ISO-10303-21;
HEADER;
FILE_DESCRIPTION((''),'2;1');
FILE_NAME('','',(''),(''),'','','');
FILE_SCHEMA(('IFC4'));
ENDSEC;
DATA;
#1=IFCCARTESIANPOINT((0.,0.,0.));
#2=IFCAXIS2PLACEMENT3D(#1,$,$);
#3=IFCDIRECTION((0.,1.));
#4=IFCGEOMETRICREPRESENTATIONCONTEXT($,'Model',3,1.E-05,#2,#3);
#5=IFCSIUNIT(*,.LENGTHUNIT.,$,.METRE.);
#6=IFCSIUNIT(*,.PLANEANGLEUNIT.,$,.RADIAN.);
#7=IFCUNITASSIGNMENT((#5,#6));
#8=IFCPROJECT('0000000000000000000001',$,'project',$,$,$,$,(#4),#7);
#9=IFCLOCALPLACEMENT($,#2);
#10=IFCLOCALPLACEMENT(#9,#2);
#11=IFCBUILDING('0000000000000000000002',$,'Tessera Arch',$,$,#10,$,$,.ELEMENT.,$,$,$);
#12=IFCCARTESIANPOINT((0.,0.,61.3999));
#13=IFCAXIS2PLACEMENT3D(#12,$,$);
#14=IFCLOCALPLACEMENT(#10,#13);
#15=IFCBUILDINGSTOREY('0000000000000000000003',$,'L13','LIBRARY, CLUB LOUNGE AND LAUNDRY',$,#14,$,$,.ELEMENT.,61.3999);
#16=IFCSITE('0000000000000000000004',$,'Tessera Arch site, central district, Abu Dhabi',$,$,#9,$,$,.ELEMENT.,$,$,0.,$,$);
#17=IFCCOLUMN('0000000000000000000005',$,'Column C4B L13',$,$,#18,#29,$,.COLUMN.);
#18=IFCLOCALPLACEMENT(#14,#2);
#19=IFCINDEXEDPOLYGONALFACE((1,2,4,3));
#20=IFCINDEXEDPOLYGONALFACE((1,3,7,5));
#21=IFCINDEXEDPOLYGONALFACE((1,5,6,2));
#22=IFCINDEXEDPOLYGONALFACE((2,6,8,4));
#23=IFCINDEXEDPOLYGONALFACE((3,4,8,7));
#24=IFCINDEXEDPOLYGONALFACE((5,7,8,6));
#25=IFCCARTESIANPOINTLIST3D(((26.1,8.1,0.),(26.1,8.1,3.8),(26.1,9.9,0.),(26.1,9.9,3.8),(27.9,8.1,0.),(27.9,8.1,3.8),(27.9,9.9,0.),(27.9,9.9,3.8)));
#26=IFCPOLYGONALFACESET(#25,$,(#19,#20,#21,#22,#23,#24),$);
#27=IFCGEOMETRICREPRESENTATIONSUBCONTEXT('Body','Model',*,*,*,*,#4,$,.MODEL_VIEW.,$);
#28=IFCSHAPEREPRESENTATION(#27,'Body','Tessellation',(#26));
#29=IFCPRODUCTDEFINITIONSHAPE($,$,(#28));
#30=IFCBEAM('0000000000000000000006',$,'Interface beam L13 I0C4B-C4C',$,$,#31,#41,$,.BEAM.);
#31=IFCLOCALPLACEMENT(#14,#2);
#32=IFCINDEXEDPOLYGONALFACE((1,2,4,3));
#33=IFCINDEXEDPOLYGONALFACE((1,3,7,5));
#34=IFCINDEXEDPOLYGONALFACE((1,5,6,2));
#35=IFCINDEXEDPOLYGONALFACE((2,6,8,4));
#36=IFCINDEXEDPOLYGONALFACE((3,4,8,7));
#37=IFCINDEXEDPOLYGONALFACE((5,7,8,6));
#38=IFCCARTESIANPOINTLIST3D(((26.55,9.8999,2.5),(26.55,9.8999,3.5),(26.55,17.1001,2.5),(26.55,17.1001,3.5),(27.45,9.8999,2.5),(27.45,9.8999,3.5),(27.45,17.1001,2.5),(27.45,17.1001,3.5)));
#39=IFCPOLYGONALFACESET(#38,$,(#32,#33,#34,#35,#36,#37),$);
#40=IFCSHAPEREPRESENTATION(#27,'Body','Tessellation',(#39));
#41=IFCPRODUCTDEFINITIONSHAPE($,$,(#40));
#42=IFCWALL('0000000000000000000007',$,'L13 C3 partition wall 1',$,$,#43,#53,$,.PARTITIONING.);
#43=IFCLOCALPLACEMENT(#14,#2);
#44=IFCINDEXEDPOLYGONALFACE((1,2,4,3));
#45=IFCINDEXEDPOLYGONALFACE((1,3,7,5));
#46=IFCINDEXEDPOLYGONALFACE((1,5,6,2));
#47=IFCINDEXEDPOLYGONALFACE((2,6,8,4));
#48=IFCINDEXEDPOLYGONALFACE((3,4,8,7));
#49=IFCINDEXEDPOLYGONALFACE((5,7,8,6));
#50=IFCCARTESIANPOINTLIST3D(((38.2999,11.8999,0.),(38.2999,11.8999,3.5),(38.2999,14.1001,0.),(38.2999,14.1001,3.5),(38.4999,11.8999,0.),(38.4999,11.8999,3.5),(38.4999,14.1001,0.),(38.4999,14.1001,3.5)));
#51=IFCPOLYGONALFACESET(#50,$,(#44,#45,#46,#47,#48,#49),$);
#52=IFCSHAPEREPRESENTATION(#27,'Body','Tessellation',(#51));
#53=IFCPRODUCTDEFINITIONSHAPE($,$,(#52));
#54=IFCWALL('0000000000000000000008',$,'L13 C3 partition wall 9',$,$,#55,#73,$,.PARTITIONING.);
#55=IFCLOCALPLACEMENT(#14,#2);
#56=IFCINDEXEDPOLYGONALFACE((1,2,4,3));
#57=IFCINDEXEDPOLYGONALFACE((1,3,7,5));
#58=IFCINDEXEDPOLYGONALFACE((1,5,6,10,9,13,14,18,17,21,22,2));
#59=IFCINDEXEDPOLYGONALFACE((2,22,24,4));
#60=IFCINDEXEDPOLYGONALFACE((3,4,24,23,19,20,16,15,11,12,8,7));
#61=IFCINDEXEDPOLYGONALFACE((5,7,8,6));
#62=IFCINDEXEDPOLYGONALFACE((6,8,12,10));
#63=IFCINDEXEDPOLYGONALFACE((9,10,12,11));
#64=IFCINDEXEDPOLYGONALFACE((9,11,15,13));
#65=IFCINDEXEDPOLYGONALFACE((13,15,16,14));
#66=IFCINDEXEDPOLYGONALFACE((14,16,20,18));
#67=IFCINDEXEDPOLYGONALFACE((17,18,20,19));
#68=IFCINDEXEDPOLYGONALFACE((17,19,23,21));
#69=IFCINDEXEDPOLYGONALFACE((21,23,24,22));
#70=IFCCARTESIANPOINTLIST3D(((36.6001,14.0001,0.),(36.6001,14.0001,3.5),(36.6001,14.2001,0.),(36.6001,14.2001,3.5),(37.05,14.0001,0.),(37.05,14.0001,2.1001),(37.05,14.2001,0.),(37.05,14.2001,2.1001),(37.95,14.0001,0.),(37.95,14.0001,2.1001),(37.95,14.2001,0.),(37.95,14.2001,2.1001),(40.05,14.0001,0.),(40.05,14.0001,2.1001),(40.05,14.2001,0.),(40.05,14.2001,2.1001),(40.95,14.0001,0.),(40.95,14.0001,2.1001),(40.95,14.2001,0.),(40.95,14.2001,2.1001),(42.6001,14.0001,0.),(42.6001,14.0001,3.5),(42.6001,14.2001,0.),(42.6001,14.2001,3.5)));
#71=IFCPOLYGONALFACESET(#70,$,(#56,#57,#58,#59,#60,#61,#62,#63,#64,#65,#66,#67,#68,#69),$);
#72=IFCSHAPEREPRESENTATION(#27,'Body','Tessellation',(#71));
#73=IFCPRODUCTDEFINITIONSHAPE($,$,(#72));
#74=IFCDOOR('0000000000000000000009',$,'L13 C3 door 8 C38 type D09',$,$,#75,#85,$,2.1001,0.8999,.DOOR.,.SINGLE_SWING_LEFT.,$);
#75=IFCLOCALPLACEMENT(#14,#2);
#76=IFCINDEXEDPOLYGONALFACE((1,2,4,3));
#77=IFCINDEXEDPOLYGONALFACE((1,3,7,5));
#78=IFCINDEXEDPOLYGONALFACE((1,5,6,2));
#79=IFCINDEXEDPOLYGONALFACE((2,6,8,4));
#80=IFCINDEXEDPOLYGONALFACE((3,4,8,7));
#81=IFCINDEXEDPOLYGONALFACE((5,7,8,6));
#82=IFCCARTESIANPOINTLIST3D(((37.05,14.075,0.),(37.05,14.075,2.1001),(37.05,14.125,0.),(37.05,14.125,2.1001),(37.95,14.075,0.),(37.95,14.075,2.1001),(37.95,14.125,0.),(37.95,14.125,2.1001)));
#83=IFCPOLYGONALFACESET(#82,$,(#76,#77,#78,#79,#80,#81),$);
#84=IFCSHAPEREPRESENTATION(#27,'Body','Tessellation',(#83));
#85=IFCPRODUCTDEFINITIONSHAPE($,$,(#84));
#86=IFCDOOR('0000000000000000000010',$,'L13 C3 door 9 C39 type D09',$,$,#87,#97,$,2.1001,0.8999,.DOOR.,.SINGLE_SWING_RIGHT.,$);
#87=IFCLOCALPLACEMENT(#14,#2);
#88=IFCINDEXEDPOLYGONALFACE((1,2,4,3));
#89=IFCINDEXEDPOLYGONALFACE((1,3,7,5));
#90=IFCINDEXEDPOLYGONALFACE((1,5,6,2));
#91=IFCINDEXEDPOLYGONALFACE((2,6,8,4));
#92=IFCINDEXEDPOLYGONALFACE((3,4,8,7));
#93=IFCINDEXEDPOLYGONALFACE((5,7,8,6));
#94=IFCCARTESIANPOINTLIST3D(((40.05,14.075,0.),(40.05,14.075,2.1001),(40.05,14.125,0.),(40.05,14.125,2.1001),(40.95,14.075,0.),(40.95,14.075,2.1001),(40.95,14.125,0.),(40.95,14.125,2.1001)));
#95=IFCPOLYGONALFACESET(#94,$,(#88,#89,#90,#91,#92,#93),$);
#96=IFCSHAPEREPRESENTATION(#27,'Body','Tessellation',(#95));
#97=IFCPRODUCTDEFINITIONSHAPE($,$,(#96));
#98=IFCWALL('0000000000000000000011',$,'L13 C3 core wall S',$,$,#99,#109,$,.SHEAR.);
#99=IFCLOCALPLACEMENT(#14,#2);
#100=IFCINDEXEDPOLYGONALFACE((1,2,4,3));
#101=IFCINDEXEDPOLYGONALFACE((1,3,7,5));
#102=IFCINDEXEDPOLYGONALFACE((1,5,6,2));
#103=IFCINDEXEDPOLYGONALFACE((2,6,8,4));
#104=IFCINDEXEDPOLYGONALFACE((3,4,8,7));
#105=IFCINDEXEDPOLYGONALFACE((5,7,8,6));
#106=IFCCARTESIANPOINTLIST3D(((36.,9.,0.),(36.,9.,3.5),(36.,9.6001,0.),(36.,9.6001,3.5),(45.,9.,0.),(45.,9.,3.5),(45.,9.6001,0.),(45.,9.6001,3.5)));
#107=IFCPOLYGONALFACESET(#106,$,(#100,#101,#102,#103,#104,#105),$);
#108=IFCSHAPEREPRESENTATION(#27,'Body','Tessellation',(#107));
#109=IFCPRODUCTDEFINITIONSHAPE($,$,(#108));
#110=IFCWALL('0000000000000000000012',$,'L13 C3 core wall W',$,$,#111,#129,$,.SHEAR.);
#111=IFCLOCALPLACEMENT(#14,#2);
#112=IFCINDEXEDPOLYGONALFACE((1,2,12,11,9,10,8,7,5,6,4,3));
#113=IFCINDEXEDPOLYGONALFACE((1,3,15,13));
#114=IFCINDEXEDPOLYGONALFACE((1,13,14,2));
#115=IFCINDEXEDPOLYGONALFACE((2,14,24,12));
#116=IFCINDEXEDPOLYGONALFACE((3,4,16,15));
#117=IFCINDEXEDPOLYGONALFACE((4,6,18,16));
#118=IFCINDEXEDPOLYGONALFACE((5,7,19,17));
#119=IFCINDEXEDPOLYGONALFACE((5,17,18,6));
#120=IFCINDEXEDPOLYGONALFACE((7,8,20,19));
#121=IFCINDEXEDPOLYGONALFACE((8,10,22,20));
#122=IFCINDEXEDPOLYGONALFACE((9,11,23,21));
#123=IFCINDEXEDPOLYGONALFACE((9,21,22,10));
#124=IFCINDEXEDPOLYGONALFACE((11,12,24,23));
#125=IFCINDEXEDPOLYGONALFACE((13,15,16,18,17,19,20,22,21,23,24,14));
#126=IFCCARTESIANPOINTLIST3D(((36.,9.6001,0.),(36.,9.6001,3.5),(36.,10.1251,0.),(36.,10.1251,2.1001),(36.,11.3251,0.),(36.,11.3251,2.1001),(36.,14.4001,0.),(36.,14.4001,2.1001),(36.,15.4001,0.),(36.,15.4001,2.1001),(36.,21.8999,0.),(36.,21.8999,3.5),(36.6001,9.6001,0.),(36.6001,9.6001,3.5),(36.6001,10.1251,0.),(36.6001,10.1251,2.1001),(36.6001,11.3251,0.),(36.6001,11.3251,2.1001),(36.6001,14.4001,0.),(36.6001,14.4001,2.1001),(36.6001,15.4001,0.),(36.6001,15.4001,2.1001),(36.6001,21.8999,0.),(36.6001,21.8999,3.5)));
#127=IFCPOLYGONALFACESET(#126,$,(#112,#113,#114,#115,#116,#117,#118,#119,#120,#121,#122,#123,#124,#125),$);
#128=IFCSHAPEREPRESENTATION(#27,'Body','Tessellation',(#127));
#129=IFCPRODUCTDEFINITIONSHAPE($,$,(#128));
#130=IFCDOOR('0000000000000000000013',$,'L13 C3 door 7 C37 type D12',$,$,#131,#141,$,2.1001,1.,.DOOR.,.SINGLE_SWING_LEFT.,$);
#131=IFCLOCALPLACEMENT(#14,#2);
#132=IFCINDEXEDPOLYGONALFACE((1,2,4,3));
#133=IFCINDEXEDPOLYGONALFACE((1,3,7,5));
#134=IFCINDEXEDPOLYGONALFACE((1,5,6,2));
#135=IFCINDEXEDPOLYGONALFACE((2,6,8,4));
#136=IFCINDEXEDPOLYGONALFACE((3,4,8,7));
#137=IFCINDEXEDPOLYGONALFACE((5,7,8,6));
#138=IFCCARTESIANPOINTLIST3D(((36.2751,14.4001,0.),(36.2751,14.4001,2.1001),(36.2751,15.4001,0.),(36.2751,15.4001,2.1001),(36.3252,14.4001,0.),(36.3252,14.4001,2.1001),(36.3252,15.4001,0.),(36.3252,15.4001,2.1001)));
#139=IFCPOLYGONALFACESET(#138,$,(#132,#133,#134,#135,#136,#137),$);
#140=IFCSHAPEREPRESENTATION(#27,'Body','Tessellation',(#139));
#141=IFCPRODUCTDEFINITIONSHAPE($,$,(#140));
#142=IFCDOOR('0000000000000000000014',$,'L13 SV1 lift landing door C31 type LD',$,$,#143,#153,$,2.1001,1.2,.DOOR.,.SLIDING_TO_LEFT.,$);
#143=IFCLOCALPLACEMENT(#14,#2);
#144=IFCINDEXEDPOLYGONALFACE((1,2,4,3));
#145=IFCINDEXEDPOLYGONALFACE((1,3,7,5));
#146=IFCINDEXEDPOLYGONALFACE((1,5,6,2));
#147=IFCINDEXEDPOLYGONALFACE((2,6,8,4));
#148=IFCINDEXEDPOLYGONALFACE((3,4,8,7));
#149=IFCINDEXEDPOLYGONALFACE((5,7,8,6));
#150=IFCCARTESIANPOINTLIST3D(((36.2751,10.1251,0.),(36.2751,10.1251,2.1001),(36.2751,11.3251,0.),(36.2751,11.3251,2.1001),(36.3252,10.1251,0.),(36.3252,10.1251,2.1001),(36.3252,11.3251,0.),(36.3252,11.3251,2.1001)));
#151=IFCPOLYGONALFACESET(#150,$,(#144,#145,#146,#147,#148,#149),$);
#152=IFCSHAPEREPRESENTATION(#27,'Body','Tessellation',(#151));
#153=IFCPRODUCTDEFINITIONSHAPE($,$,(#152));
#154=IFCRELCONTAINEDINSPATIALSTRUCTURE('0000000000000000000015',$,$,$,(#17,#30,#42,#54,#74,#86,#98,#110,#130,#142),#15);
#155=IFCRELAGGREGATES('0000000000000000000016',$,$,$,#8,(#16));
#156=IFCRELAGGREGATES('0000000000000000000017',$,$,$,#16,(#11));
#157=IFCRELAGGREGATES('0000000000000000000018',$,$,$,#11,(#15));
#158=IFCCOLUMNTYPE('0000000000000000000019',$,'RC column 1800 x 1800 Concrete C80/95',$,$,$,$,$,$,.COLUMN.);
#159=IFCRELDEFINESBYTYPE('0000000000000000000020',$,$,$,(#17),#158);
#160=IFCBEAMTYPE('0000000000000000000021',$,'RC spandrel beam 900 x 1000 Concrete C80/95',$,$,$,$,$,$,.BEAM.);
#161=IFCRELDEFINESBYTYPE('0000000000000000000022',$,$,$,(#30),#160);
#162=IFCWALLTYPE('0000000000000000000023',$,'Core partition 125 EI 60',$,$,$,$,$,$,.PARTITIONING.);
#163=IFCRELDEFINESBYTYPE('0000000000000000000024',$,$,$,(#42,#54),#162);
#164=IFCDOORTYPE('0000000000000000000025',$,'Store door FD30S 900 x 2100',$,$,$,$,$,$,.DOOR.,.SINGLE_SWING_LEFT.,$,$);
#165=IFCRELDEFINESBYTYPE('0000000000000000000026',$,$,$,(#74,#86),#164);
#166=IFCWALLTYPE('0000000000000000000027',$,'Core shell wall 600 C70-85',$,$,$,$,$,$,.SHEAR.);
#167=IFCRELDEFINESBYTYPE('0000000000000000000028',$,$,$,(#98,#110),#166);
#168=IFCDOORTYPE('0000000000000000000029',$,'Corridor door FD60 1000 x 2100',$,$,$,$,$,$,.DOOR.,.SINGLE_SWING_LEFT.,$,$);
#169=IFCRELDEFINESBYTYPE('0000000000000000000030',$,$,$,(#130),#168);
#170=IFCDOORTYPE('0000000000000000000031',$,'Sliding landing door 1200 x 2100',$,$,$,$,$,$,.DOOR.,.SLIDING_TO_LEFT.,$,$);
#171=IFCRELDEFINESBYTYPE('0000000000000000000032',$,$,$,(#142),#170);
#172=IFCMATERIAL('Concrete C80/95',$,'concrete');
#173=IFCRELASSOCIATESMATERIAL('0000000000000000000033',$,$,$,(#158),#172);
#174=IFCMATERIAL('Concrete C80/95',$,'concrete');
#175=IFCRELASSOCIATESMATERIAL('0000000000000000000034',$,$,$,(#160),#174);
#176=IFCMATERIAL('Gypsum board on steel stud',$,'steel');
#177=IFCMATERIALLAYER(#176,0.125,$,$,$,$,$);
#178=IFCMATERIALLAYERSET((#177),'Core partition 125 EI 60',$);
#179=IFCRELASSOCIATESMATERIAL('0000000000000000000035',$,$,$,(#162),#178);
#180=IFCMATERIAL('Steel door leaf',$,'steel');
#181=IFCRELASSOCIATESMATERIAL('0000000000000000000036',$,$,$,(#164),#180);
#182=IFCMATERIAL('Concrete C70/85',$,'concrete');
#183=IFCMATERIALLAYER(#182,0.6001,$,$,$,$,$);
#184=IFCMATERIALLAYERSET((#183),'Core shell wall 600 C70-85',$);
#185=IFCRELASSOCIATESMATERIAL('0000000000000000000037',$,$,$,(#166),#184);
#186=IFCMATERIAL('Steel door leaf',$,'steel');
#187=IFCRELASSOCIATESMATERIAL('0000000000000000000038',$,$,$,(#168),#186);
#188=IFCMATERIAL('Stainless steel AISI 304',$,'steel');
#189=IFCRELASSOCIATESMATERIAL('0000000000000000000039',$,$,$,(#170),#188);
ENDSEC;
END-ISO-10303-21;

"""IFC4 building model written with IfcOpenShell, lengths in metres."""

from ifc_helpers import new_model, si_unit, direction, frame, frame_2d, origin, origin_2d, place, context, subcontext, project, spatial, rectangle, extrude, material, layer, layer_set, material_profile, profile_set, type_object, element, fill, save


model = new_model("IFC4")

# Units and contexts
model_context = context("Model", 3, precision=1e-05, world=origin(), true_north=direction((0.0, 1.0)))
body_context = subcontext(model_context, "Body", "Model", "MODEL_VIEW")
ifc_project = project(units=[si_unit("LENGTHUNIT", "METRE"), si_unit("PLANEANGLEUNIT", "RADIAN")], contexts=[model_context])

# Site, building, storey
site_placement = place(None, origin())
site = spatial("IfcSite", under=ifc_project, at=site_placement, Name="Tessera Arch site, central district, Abu Dhabi", CompositionType="ELEMENT", RefElevation=0.0)
building_placement = place(site_placement, origin())
building = spatial("IfcBuilding", under=site, at=building_placement, Name="Tessera Arch", CompositionType="ELEMENT")
storey_placement = place(building_placement, frame((0.0, 0.0, 61.3999)))
storey = spatial("IfcBuildingStorey", under=building, at=storey_placement, Name="L13", Description="LIBRARY, CLUB LOUNGE AND LAUNDRY", CompositionType="ELEMENT", Elevation=61.3999)

# Column
ifc_material_1 = material(Name="Concrete C80/95", Category="concrete")
ifc_material_profile_1 = material_profile(ifc_material_1, rectangle(XDim=1.8, YDim=1.8, at=origin_2d()), Name="RC column 1800 x 1800 Concrete C80/95")
ifc_profile_set_1 = profile_set([ifc_material_profile_1], Name="Concrete C80/95")
column_type = type_object("IfcColumnType", Name="RC column 1800 x 1800 Concrete C80/95", PredefinedType="COLUMN", material=ifc_profile_set_1)
column_placement = place(storey_placement, frame((27.0, 9.0, 0.0), z_axis=(0.0, 0.0, 1.0), x_axis=(1.0, 0.0, 0.0)))
element("IfcColumn", 1, at=column_placement, inside=storey, type_object=column_type, Name="Column C4B L13", PredefinedType="COLUMN", context=body_context, shape_type="SweptSolid", body=[
    extrude(rectangle(XDim=1.8, YDim=1.8, at=origin_2d()), origin(), (0.0, 0.0, 1.0), 3.8),
])

# Beam
ifc_material_2 = material(Name="Concrete C80/95", Category="concrete")
ifc_material_profile_2 = material_profile(ifc_material_2, rectangle(XDim=0.8999, YDim=1.0, at=origin_2d()), Name="RC spandrel beam 900 x 1000 Concrete C80/95")
ifc_profile_set_2 = profile_set([ifc_material_profile_2], Name="Concrete C80/95")
beam_type = type_object("IfcBeamType", Name="RC spandrel beam 900 x 1000 Concrete C80/95", PredefinedType="BEAM", material=ifc_profile_set_2)
beam_placement = place(storey_placement, frame((27.0, 9.8999, 3.0), z_axis=(0.0, 1.0, 0.0), x_axis=(-1.0, 0.0, 0.0)))
element("IfcBeam", 2, at=beam_placement, inside=storey, type_object=beam_type, Name="Interface beam L13 I0C4B-C4C", PredefinedType="BEAM", context=body_context, shape_type="SweptSolid", body=[
    extrude(rectangle(XDim=0.8999, YDim=1.0, at=origin_2d()), origin(), (0.0, 0.0, 1.0), 7.2002),
])

# Wall
ifc_material_3 = material(Name="Gypsum board on steel stud", Category="steel")
ifc_layer_1 = layer(ifc_material_3, 0.125)
ifc_layer_set_1 = layer_set([ifc_layer_1], Name="Core partition 125 EI 60")
wall_type_1 = type_object("IfcWallType", Name="Core partition 125 EI 60", PredefinedType="PARTITIONING", material=ifc_layer_set_1)
wall_1_placement = place(storey_placement, frame((38.3999, 11.8999, 0.0), z_axis=(0.0, 0.0, 1.0), x_axis=(0.0, 1.0, 0.0)))
element("IfcWall", 3, at=wall_1_placement, inside=storey, type_object=wall_type_1, Name="L13 C3 partition wall 1", PredefinedType="PARTITIONING", context=body_context, shape_type="SweptSolid", body=[
    extrude(rectangle(XDim=2.2002, YDim=0.2, at=frame_2d((1.1001, 0.0))), origin(), (0.0, 0.0, 1.0), 3.5),
])

# Wall, openings, doors
wall_2_placement = place(storey_placement, frame((36.6001, 14.1001, 0.0), z_axis=(0.0, 0.0, 1.0), x_axis=(1.0, 0.0, 0.0)))
wall_2 = element("IfcWall", 4, at=wall_2_placement, inside=storey, type_object=wall_type_1, Name="L13 C3 partition wall 9", PredefinedType="PARTITIONING", context=body_context, shape_type="SweptSolid", body=[
    extrude(rectangle(XDim=6.0, YDim=0.2, at=frame_2d((3.0, 0.0))), origin(), (0.0, 0.0, 1.0), 3.5),
])
opening_1_placement = place(wall_2_placement, frame((0.45, 0.0, 0.0)))
opening_1 = element("IfcOpeningElement", 5, at=opening_1_placement, cuts=wall_2, PredefinedType="OPENING", context=body_context, shape_type="SweptSolid", body=[
    extrude(rectangle(XDim=0.8999, YDim=2.1001, at=frame_2d((0.45, 1.05))), frame((0.0, 0.1099, 0.0), z_axis=(0.0, -1.0, 0.0), x_axis=(1.0, 0.0, 0.0)), (0.0, 0.0, 1.0), 0.22),
])
opening_2_placement = place(wall_2_placement, frame((3.45, 0.0, 0.0)))
opening_2 = element("IfcOpeningElement", 6, at=opening_2_placement, cuts=wall_2, PredefinedType="OPENING", context=body_context, shape_type="SweptSolid", body=[
    extrude(rectangle(XDim=0.8999, YDim=2.1001, at=frame_2d((0.45, 1.05))), frame((0.0, 0.1099, 0.0), z_axis=(0.0, -1.0, 0.0), x_axis=(1.0, 0.0, 0.0)), (0.0, 0.0, 1.0), 0.22),
])
ifc_material_4 = material(Name="Steel door leaf", Category="steel")
door_type_1 = type_object("IfcDoorType", Name="Store door FD30S 900 x 2100", OperationType="SINGLE_SWING_LEFT", PredefinedType="DOOR", material=ifc_material_4)
door_1_placement = place(opening_1_placement, origin())
door_1 = element("IfcDoor", 7, at=door_1_placement, inside=storey, type_object=door_type_1, Name="L13 C3 door 8 C38 type D09", OperationType="SINGLE_SWING_LEFT", OverallHeight=2.1001, OverallWidth=0.8999, PredefinedType="DOOR", context=body_context, shape_type="SweptSolid", body=[
    extrude(rectangle(XDim=0.8999, YDim=2.1001, at=frame_2d((0.45, 1.05))), frame((0.0, 0.0249, 0.0), z_axis=(0.0, -1.0, 0.0), x_axis=(1.0, 0.0, 0.0)), (0.0, 0.0, 1.0), 0.05),
])
fill(opening_1, door_1)
door_2_placement = place(opening_2_placement, origin())
door_2 = element("IfcDoor", 8, at=door_2_placement, inside=storey, type_object=door_type_1, Name="L13 C3 door 9 C39 type D09", OperationType="SINGLE_SWING_RIGHT", OverallHeight=2.1001, OverallWidth=0.8999, PredefinedType="DOOR", context=body_context, shape_type="SweptSolid", body=[
    extrude(rectangle(XDim=0.8999, YDim=2.1001, at=frame_2d((0.45, 1.05))), frame((0.0, 0.0249, 0.0), z_axis=(0.0, -1.0, 0.0), x_axis=(1.0, 0.0, 0.0)), (0.0, 0.0, 1.0), 0.05),
])
fill(opening_2, door_2)

# Wall
ifc_material_5 = material(Name="Concrete C70/85", Category="concrete")
ifc_layer_2 = layer(ifc_material_5, 0.6001)
ifc_layer_set_2 = layer_set([ifc_layer_2], Name="Core shell wall 600 C70-85")
wall_type_2 = type_object("IfcWallType", Name="Core shell wall 600 C70-85", PredefinedType="SHEAR", material=ifc_layer_set_2)
wall_3_placement = place(storey_placement, frame((36.0, 9.3, 0.0), z_axis=(0.0, 0.0, 1.0), x_axis=(1.0, 0.0, 0.0)))
element("IfcWall", 9, at=wall_3_placement, inside=storey, type_object=wall_type_2, Name="L13 C3 core wall S", PredefinedType="SHEAR", context=body_context, shape_type="SweptSolid", body=[
    extrude(rectangle(XDim=9.0, YDim=0.6001, at=frame_2d((4.5, 0.0))), origin(), (0.0, 0.0, 1.0), 3.5),
])

# Wall, openings, doors
wall_4_placement = place(storey_placement, frame((36.3, 9.6001, 0.0), z_axis=(0.0, 0.0, 1.0), x_axis=(0.0, 1.0, 0.0)))
wall_4 = element("IfcWall", 10, at=wall_4_placement, inside=storey, type_object=wall_type_2, Name="L13 C3 core wall W", PredefinedType="SHEAR", context=body_context, shape_type="SweptSolid", body=[
    extrude(rectangle(XDim=12.2998, YDim=0.6001, at=frame_2d((6.1499, 0.0))), origin(), (0.0, 0.0, 1.0), 3.5),
])
opening_3_placement = place(wall_4_placement, frame((0.5249, 0.0, 0.0)))
opening_3 = element("IfcOpeningElement", 11, at=opening_3_placement, cuts=wall_4, PredefinedType="OPENING", context=body_context, shape_type="SweptSolid", body=[
    extrude(rectangle(XDim=1.2, YDim=2.1001, at=frame_2d((0.6001, 1.05))), frame((0.0, 0.3101, 0.0), z_axis=(0.0, -1.0, 0.0), x_axis=(1.0, 0.0, 0.0)), (0.0, 0.0, 1.0), 0.6201),
])
opening_4_placement = place(wall_4_placement, frame((4.8, 0.0, 0.0)))
opening_4 = element("IfcOpeningElement", 12, at=opening_4_placement, cuts=wall_4, PredefinedType="OPENING", context=body_context, shape_type="SweptSolid", body=[
    extrude(rectangle(XDim=1.0, YDim=2.1001, at=frame_2d((0.5, 1.05))), frame((0.0, 0.3101, 0.0), z_axis=(0.0, -1.0, 0.0), x_axis=(1.0, 0.0, 0.0)), (0.0, 0.0, 1.0), 0.6201),
])
ifc_material_6 = material(Name="Steel door leaf", Category="steel")
door_type_2 = type_object("IfcDoorType", Name="Corridor door FD60 1000 x 2100", OperationType="SINGLE_SWING_LEFT", PredefinedType="DOOR", material=ifc_material_6)
door_3_placement = place(opening_4_placement, origin())
door_3 = element("IfcDoor", 13, at=door_3_placement, inside=storey, type_object=door_type_2, Name="L13 C3 door 7 C37 type D12", OperationType="SINGLE_SWING_LEFT", OverallHeight=2.1001, OverallWidth=1.0, PredefinedType="DOOR", context=body_context, shape_type="SweptSolid", body=[
    extrude(rectangle(XDim=1.0, YDim=2.1001, at=frame_2d((0.5, 1.05))), frame((0.0, 0.0249, 0.0), z_axis=(0.0, -1.0, 0.0), x_axis=(1.0, 0.0, 0.0)), (0.0, 0.0, 1.0), 0.05),
])
fill(opening_4, door_3)
ifc_material_7 = material(Name="Stainless steel AISI 304", Category="steel")
door_type_3 = type_object("IfcDoorType", Name="Sliding landing door 1200 x 2100", OperationType="SLIDING_TO_LEFT", PredefinedType="DOOR", material=ifc_material_7)
door_4_placement = place(opening_3_placement, origin())
door_4 = element("IfcDoor", 14, at=door_4_placement, inside=storey, type_object=door_type_3, Name="L13 SV1 lift landing door C31 type LD", OperationType="SLIDING_TO_LEFT", OverallHeight=2.1001, OverallWidth=1.2, PredefinedType="DOOR", context=body_context, shape_type="SweptSolid", body=[
    extrude(rectangle(XDim=1.2, YDim=2.1001, at=frame_2d((0.6001, 1.05))), frame((0.0, 0.0249, 0.0), z_axis=(0.0, -1.0, 0.0), x_axis=(1.0, 0.0, 0.0)), (0.0, 0.0, 1.0), 0.05),
])
fill(opening_3, door_4)

save(model, "model.ifc")
